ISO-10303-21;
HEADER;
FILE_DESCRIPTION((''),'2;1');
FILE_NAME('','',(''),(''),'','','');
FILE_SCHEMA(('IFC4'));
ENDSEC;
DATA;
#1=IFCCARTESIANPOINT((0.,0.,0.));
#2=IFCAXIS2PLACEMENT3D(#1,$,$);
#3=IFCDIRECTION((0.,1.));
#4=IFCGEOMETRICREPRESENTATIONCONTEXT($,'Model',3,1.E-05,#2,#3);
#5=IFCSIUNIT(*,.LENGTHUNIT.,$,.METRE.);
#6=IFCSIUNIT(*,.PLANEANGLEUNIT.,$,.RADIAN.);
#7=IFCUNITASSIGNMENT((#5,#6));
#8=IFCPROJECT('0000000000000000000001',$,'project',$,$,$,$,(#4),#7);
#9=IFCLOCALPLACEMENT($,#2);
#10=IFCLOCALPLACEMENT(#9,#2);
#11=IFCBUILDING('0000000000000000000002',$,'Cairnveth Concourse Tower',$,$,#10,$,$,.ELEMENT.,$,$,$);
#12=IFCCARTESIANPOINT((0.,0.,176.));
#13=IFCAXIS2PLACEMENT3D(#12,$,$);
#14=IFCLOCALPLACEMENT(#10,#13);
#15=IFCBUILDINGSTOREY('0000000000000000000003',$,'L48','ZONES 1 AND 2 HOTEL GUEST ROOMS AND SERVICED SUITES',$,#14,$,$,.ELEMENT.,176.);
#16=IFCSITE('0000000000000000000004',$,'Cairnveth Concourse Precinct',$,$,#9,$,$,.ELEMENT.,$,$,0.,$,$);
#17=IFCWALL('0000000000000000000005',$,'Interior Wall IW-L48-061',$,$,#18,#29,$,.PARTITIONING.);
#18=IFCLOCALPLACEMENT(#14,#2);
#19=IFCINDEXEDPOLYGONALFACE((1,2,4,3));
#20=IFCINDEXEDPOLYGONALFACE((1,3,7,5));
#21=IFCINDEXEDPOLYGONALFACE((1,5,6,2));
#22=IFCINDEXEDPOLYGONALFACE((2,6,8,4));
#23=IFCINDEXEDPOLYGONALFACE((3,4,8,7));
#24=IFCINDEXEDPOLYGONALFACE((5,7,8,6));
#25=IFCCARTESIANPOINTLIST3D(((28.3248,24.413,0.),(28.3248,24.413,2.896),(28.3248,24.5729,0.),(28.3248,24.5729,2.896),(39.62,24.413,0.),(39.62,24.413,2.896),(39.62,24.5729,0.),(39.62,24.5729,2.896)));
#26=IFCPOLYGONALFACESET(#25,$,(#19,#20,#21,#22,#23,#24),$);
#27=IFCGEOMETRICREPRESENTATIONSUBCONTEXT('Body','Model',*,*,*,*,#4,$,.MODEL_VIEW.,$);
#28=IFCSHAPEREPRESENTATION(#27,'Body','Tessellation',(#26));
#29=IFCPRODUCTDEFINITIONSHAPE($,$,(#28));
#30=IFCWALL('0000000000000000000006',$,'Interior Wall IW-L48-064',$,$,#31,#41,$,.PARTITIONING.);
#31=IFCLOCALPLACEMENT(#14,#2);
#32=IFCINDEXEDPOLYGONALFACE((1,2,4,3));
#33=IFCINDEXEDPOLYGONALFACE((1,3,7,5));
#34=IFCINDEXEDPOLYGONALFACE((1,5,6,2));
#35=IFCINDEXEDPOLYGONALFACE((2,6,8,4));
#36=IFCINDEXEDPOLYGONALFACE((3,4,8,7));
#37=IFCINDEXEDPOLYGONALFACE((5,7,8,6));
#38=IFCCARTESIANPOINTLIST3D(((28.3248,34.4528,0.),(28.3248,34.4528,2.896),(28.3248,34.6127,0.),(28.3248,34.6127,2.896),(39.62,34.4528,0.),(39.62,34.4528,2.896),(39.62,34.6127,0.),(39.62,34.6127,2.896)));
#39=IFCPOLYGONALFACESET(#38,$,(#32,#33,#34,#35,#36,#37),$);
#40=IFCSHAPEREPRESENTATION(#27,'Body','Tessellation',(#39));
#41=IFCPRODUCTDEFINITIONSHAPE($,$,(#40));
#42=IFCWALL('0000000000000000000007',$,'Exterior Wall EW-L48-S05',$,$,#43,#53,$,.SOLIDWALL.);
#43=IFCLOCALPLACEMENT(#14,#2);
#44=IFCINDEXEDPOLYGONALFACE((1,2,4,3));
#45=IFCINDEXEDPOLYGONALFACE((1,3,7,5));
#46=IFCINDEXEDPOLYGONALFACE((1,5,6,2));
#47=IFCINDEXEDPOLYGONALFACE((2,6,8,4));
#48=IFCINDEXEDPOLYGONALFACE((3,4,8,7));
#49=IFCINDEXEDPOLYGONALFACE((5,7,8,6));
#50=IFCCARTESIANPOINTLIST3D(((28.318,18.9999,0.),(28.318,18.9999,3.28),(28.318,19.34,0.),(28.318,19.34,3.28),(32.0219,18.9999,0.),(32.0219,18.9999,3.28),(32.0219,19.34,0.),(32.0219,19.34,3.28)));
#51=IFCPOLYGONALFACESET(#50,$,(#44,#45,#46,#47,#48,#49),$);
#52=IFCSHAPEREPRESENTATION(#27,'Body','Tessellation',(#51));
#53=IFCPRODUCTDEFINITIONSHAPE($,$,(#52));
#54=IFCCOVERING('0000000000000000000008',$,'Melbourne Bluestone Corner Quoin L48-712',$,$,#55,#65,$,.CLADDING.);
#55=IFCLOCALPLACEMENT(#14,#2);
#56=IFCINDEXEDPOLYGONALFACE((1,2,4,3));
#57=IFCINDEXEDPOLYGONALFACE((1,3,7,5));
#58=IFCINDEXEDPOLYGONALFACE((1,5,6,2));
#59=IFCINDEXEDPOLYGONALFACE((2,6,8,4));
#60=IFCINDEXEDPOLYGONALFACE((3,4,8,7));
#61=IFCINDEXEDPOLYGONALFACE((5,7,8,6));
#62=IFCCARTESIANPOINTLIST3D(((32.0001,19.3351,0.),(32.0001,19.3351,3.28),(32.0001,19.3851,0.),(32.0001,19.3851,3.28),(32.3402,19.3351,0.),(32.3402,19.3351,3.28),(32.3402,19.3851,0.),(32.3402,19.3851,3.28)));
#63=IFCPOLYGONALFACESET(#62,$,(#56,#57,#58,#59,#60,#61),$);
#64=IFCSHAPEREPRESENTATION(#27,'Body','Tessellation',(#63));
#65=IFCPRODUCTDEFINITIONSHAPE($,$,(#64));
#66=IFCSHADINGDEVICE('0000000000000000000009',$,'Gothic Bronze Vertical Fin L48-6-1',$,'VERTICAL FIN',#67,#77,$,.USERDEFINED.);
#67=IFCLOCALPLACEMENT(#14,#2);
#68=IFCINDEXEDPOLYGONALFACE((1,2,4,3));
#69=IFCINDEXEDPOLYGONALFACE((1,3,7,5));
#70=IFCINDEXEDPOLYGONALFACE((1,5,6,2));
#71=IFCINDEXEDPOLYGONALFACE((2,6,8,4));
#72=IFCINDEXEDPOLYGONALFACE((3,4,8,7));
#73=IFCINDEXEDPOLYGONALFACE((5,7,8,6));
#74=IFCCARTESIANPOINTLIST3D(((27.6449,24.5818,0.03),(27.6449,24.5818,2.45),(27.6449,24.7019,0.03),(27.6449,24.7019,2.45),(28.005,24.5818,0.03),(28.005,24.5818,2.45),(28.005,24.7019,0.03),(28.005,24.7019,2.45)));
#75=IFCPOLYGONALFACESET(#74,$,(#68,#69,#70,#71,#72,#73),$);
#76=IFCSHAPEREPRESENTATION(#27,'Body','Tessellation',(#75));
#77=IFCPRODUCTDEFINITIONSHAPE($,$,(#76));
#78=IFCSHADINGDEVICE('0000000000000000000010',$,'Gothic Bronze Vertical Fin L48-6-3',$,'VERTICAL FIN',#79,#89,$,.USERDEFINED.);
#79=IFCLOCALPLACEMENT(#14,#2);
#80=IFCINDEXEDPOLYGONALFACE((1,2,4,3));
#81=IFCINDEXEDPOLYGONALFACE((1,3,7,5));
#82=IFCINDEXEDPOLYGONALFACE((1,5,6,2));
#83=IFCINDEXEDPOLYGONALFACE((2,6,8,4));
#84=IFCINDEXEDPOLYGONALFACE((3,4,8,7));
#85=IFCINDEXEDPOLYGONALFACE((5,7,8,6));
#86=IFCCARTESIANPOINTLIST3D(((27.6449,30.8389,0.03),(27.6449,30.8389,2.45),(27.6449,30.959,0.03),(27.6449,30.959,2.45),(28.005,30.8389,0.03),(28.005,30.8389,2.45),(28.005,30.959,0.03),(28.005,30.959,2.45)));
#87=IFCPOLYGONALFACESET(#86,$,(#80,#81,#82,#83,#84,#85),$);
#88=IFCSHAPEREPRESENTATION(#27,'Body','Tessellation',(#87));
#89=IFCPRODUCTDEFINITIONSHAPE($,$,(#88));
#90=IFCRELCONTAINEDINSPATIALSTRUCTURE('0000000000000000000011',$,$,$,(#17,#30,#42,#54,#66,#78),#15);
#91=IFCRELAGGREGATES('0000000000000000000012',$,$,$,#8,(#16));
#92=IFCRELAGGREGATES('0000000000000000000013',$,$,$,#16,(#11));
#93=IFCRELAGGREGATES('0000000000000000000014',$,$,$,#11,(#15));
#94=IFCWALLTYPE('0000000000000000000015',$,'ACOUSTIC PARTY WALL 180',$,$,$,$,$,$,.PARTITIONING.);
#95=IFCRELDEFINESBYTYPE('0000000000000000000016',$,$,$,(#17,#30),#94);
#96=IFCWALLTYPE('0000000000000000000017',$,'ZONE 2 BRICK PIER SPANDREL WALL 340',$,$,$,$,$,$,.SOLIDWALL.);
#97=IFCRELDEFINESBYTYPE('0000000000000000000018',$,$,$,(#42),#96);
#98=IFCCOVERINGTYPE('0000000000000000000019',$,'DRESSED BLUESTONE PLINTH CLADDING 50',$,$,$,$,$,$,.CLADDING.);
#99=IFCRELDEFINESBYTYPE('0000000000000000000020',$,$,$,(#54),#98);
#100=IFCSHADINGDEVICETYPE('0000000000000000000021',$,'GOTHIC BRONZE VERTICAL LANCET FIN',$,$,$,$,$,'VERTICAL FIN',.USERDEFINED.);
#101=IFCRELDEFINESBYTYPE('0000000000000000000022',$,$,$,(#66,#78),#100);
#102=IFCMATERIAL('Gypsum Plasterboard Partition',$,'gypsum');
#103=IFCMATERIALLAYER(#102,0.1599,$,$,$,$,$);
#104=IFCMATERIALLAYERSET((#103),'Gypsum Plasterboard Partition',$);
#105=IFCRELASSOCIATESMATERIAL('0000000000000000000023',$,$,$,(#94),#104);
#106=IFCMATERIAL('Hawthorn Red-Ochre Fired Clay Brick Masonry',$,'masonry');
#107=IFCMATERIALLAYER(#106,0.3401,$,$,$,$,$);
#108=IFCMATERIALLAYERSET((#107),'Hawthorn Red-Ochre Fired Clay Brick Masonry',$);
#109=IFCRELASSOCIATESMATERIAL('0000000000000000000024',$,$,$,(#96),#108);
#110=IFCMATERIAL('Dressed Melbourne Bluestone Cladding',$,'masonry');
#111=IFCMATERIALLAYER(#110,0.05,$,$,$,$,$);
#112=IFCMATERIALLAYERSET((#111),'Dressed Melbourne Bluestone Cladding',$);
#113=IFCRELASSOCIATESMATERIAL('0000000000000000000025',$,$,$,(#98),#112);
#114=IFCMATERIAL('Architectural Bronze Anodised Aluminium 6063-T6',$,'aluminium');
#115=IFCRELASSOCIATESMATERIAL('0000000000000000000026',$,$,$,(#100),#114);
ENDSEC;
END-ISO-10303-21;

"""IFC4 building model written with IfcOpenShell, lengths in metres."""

from ifc_helpers import new_model, si_unit, direction, frame, frame_2d, origin, origin_2d, place, context, subcontext, project, spatial, rectangle, extrude, material, layer, layer_set, type_object, element, save


model = new_model("IFC4")

# Units and contexts
model_context = context("Model", 3, precision=1e-05, world=origin(), true_north=direction((0.0, 1.0)))
body_context = subcontext(model_context, "Body", "Model", "MODEL_VIEW")
ifc_project = project(units=[si_unit("LENGTHUNIT", "METRE"), si_unit("PLANEANGLEUNIT", "RADIAN")], contexts=[model_context])

# Site, building, storey
site_placement = place(None, origin())
site = spatial("IfcSite", under=ifc_project, at=site_placement, Name="Cairnveth Concourse Precinct", CompositionType="ELEMENT", RefElevation=0.0)
building_placement = place(site_placement, origin())
building = spatial("IfcBuilding", under=site, at=building_placement, Name="Cairnveth Concourse Tower", CompositionType="ELEMENT")
storey_placement = place(building_placement, frame((0.0, 0.0, 176.0)))
storey = spatial("IfcBuildingStorey", under=building, at=storey_placement, Name="L48", Description="ZONES 1 AND 2 HOTEL GUEST ROOMS AND SERVICED SUITES", CompositionType="ELEMENT", Elevation=176.0)

# Walls
ifc_material_1 = material(Name="Gypsum Plasterboard Partition", Category="gypsum")
ifc_layer_1 = layer(ifc_material_1, 0.1599)
ifc_layer_set_1 = layer_set([ifc_layer_1], Name="Gypsum Plasterboard Partition")
wall_type_1 = type_object("IfcWallType", Name="ACOUSTIC PARTY WALL 180", PredefinedType="PARTITIONING", material=ifc_layer_set_1)
for number, where, z_axis, x_axis, name in (
    (1, (28.325, 24.4929, 0.0), (0.0, 0.0, 1.0), (1.0, 0.0, 0.0), "Interior Wall IW-L48-061"),
    (2, (28.325, 34.5327, 0.0), (0.0, 0.0, 1.0), (1.0, 0.0, 0.0), "Interior Wall IW-L48-064"),
):
    element("IfcWall", number, at=place(storey_placement, frame(where, z_axis=z_axis, x_axis=x_axis)), inside=storey, type_object=wall_type_1, Name=name, PredefinedType="PARTITIONING", context=body_context, shape_type="SweptSolid", body=[
        extrude(rectangle(XDim=11.2952, YDim=0.1599, at=frame_2d((5.6475, 0.0))), origin(), (0.0, 0.0, 1.0), 2.896),
    ])
ifc_material_2 = material(Name="Hawthorn Red-Ochre Fired Clay Brick Masonry", Category="masonry")
ifc_layer_2 = layer(ifc_material_2, 0.3401)
ifc_layer_set_2 = layer_set([ifc_layer_2], Name="Hawthorn Red-Ochre Fired Clay Brick Masonry")
wall_type_2 = type_object("IfcWallType", Name="ZONE 2 BRICK PIER SPANDREL WALL 340", PredefinedType="SOLIDWALL", material=ifc_layer_set_2)
wall_placement = place(storey_placement, frame((32.022, 19.1699, 0.0), z_axis=(0.0, 0.0, 1.0), x_axis=(-1.0, 0.0, 0.0)))
element("IfcWall", 3, at=wall_placement, inside=storey, type_object=wall_type_2, Name="Exterior Wall EW-L48-S05", PredefinedType="SOLIDWALL", context=body_context, shape_type="SweptSolid", body=[
    extrude(rectangle(XDim=3.7039, YDim=0.3401, at=frame_2d((1.8521, 0.0))), origin(), (0.0, 0.0, 1.0), 3.28),
])

# Covering
ifc_material_3 = material(Name="Dressed Melbourne Bluestone Cladding", Category="masonry")
ifc_layer_3 = layer(ifc_material_3, 0.05)
ifc_layer_set_3 = layer_set([ifc_layer_3], Name="Dressed Melbourne Bluestone Cladding")
covering_type = type_object("IfcCoveringType", Name="DRESSED BLUESTONE PLINTH CLADDING 50", PredefinedType="CLADDING", material=ifc_layer_set_3)
covering_placement = place(storey_placement, frame((32.3401, 19.3601, 0.0), z_axis=(0.0, 0.0, 1.0), x_axis=(-1.0, 0.0, 0.0)))
element("IfcCovering", 4, at=covering_placement, inside=storey, type_object=covering_type, Name="Melbourne Bluestone Corner Quoin L48-712", PredefinedType="CLADDING", context=body_context, shape_type="SweptSolid", body=[
    extrude(rectangle(XDim=0.3401, YDim=0.05, at=frame_2d((0.1699, 0.0))), origin(), (0.0, 0.0, 1.0), 3.28),
])

# Shading devices
ifc_material_4 = material(Name="Architectural Bronze Anodised Aluminium 6063-T6", Category="aluminium")
shading_device_type = type_object("IfcShadingDeviceType", Name="GOTHIC BRONZE VERTICAL LANCET FIN", ElementType="VERTICAL FIN", PredefinedType="USERDEFINED", material=ifc_material_4)
for number, where, z_axis, x_axis, name in (
    (5, (27.825, 24.6418, 0.03), (0.0, 0.0, 1.0), (0.0, 1.0, 0.0), "Gothic Bronze Vertical Fin L48-6-1"),
    (6, (27.825, 30.8989, 0.03), (0.0, 0.0, 1.0), (0.0, 1.0, 0.0), "Gothic Bronze Vertical Fin L48-6-3"),
):
    element("IfcShadingDevice", number, at=place(storey_placement, frame(where, z_axis=z_axis, x_axis=x_axis)), inside=storey, type_object=shading_device_type, Name=name, ObjectType="VERTICAL FIN", PredefinedType="USERDEFINED", context=body_context, shape_type="SweptSolid", body=[
        extrude(rectangle(XDim=0.1201, YDim=0.3601, at=origin_2d()), origin(), (0.0, 0.0, 1.0), 2.4199),
    ])

save(model, "model.ifc")
